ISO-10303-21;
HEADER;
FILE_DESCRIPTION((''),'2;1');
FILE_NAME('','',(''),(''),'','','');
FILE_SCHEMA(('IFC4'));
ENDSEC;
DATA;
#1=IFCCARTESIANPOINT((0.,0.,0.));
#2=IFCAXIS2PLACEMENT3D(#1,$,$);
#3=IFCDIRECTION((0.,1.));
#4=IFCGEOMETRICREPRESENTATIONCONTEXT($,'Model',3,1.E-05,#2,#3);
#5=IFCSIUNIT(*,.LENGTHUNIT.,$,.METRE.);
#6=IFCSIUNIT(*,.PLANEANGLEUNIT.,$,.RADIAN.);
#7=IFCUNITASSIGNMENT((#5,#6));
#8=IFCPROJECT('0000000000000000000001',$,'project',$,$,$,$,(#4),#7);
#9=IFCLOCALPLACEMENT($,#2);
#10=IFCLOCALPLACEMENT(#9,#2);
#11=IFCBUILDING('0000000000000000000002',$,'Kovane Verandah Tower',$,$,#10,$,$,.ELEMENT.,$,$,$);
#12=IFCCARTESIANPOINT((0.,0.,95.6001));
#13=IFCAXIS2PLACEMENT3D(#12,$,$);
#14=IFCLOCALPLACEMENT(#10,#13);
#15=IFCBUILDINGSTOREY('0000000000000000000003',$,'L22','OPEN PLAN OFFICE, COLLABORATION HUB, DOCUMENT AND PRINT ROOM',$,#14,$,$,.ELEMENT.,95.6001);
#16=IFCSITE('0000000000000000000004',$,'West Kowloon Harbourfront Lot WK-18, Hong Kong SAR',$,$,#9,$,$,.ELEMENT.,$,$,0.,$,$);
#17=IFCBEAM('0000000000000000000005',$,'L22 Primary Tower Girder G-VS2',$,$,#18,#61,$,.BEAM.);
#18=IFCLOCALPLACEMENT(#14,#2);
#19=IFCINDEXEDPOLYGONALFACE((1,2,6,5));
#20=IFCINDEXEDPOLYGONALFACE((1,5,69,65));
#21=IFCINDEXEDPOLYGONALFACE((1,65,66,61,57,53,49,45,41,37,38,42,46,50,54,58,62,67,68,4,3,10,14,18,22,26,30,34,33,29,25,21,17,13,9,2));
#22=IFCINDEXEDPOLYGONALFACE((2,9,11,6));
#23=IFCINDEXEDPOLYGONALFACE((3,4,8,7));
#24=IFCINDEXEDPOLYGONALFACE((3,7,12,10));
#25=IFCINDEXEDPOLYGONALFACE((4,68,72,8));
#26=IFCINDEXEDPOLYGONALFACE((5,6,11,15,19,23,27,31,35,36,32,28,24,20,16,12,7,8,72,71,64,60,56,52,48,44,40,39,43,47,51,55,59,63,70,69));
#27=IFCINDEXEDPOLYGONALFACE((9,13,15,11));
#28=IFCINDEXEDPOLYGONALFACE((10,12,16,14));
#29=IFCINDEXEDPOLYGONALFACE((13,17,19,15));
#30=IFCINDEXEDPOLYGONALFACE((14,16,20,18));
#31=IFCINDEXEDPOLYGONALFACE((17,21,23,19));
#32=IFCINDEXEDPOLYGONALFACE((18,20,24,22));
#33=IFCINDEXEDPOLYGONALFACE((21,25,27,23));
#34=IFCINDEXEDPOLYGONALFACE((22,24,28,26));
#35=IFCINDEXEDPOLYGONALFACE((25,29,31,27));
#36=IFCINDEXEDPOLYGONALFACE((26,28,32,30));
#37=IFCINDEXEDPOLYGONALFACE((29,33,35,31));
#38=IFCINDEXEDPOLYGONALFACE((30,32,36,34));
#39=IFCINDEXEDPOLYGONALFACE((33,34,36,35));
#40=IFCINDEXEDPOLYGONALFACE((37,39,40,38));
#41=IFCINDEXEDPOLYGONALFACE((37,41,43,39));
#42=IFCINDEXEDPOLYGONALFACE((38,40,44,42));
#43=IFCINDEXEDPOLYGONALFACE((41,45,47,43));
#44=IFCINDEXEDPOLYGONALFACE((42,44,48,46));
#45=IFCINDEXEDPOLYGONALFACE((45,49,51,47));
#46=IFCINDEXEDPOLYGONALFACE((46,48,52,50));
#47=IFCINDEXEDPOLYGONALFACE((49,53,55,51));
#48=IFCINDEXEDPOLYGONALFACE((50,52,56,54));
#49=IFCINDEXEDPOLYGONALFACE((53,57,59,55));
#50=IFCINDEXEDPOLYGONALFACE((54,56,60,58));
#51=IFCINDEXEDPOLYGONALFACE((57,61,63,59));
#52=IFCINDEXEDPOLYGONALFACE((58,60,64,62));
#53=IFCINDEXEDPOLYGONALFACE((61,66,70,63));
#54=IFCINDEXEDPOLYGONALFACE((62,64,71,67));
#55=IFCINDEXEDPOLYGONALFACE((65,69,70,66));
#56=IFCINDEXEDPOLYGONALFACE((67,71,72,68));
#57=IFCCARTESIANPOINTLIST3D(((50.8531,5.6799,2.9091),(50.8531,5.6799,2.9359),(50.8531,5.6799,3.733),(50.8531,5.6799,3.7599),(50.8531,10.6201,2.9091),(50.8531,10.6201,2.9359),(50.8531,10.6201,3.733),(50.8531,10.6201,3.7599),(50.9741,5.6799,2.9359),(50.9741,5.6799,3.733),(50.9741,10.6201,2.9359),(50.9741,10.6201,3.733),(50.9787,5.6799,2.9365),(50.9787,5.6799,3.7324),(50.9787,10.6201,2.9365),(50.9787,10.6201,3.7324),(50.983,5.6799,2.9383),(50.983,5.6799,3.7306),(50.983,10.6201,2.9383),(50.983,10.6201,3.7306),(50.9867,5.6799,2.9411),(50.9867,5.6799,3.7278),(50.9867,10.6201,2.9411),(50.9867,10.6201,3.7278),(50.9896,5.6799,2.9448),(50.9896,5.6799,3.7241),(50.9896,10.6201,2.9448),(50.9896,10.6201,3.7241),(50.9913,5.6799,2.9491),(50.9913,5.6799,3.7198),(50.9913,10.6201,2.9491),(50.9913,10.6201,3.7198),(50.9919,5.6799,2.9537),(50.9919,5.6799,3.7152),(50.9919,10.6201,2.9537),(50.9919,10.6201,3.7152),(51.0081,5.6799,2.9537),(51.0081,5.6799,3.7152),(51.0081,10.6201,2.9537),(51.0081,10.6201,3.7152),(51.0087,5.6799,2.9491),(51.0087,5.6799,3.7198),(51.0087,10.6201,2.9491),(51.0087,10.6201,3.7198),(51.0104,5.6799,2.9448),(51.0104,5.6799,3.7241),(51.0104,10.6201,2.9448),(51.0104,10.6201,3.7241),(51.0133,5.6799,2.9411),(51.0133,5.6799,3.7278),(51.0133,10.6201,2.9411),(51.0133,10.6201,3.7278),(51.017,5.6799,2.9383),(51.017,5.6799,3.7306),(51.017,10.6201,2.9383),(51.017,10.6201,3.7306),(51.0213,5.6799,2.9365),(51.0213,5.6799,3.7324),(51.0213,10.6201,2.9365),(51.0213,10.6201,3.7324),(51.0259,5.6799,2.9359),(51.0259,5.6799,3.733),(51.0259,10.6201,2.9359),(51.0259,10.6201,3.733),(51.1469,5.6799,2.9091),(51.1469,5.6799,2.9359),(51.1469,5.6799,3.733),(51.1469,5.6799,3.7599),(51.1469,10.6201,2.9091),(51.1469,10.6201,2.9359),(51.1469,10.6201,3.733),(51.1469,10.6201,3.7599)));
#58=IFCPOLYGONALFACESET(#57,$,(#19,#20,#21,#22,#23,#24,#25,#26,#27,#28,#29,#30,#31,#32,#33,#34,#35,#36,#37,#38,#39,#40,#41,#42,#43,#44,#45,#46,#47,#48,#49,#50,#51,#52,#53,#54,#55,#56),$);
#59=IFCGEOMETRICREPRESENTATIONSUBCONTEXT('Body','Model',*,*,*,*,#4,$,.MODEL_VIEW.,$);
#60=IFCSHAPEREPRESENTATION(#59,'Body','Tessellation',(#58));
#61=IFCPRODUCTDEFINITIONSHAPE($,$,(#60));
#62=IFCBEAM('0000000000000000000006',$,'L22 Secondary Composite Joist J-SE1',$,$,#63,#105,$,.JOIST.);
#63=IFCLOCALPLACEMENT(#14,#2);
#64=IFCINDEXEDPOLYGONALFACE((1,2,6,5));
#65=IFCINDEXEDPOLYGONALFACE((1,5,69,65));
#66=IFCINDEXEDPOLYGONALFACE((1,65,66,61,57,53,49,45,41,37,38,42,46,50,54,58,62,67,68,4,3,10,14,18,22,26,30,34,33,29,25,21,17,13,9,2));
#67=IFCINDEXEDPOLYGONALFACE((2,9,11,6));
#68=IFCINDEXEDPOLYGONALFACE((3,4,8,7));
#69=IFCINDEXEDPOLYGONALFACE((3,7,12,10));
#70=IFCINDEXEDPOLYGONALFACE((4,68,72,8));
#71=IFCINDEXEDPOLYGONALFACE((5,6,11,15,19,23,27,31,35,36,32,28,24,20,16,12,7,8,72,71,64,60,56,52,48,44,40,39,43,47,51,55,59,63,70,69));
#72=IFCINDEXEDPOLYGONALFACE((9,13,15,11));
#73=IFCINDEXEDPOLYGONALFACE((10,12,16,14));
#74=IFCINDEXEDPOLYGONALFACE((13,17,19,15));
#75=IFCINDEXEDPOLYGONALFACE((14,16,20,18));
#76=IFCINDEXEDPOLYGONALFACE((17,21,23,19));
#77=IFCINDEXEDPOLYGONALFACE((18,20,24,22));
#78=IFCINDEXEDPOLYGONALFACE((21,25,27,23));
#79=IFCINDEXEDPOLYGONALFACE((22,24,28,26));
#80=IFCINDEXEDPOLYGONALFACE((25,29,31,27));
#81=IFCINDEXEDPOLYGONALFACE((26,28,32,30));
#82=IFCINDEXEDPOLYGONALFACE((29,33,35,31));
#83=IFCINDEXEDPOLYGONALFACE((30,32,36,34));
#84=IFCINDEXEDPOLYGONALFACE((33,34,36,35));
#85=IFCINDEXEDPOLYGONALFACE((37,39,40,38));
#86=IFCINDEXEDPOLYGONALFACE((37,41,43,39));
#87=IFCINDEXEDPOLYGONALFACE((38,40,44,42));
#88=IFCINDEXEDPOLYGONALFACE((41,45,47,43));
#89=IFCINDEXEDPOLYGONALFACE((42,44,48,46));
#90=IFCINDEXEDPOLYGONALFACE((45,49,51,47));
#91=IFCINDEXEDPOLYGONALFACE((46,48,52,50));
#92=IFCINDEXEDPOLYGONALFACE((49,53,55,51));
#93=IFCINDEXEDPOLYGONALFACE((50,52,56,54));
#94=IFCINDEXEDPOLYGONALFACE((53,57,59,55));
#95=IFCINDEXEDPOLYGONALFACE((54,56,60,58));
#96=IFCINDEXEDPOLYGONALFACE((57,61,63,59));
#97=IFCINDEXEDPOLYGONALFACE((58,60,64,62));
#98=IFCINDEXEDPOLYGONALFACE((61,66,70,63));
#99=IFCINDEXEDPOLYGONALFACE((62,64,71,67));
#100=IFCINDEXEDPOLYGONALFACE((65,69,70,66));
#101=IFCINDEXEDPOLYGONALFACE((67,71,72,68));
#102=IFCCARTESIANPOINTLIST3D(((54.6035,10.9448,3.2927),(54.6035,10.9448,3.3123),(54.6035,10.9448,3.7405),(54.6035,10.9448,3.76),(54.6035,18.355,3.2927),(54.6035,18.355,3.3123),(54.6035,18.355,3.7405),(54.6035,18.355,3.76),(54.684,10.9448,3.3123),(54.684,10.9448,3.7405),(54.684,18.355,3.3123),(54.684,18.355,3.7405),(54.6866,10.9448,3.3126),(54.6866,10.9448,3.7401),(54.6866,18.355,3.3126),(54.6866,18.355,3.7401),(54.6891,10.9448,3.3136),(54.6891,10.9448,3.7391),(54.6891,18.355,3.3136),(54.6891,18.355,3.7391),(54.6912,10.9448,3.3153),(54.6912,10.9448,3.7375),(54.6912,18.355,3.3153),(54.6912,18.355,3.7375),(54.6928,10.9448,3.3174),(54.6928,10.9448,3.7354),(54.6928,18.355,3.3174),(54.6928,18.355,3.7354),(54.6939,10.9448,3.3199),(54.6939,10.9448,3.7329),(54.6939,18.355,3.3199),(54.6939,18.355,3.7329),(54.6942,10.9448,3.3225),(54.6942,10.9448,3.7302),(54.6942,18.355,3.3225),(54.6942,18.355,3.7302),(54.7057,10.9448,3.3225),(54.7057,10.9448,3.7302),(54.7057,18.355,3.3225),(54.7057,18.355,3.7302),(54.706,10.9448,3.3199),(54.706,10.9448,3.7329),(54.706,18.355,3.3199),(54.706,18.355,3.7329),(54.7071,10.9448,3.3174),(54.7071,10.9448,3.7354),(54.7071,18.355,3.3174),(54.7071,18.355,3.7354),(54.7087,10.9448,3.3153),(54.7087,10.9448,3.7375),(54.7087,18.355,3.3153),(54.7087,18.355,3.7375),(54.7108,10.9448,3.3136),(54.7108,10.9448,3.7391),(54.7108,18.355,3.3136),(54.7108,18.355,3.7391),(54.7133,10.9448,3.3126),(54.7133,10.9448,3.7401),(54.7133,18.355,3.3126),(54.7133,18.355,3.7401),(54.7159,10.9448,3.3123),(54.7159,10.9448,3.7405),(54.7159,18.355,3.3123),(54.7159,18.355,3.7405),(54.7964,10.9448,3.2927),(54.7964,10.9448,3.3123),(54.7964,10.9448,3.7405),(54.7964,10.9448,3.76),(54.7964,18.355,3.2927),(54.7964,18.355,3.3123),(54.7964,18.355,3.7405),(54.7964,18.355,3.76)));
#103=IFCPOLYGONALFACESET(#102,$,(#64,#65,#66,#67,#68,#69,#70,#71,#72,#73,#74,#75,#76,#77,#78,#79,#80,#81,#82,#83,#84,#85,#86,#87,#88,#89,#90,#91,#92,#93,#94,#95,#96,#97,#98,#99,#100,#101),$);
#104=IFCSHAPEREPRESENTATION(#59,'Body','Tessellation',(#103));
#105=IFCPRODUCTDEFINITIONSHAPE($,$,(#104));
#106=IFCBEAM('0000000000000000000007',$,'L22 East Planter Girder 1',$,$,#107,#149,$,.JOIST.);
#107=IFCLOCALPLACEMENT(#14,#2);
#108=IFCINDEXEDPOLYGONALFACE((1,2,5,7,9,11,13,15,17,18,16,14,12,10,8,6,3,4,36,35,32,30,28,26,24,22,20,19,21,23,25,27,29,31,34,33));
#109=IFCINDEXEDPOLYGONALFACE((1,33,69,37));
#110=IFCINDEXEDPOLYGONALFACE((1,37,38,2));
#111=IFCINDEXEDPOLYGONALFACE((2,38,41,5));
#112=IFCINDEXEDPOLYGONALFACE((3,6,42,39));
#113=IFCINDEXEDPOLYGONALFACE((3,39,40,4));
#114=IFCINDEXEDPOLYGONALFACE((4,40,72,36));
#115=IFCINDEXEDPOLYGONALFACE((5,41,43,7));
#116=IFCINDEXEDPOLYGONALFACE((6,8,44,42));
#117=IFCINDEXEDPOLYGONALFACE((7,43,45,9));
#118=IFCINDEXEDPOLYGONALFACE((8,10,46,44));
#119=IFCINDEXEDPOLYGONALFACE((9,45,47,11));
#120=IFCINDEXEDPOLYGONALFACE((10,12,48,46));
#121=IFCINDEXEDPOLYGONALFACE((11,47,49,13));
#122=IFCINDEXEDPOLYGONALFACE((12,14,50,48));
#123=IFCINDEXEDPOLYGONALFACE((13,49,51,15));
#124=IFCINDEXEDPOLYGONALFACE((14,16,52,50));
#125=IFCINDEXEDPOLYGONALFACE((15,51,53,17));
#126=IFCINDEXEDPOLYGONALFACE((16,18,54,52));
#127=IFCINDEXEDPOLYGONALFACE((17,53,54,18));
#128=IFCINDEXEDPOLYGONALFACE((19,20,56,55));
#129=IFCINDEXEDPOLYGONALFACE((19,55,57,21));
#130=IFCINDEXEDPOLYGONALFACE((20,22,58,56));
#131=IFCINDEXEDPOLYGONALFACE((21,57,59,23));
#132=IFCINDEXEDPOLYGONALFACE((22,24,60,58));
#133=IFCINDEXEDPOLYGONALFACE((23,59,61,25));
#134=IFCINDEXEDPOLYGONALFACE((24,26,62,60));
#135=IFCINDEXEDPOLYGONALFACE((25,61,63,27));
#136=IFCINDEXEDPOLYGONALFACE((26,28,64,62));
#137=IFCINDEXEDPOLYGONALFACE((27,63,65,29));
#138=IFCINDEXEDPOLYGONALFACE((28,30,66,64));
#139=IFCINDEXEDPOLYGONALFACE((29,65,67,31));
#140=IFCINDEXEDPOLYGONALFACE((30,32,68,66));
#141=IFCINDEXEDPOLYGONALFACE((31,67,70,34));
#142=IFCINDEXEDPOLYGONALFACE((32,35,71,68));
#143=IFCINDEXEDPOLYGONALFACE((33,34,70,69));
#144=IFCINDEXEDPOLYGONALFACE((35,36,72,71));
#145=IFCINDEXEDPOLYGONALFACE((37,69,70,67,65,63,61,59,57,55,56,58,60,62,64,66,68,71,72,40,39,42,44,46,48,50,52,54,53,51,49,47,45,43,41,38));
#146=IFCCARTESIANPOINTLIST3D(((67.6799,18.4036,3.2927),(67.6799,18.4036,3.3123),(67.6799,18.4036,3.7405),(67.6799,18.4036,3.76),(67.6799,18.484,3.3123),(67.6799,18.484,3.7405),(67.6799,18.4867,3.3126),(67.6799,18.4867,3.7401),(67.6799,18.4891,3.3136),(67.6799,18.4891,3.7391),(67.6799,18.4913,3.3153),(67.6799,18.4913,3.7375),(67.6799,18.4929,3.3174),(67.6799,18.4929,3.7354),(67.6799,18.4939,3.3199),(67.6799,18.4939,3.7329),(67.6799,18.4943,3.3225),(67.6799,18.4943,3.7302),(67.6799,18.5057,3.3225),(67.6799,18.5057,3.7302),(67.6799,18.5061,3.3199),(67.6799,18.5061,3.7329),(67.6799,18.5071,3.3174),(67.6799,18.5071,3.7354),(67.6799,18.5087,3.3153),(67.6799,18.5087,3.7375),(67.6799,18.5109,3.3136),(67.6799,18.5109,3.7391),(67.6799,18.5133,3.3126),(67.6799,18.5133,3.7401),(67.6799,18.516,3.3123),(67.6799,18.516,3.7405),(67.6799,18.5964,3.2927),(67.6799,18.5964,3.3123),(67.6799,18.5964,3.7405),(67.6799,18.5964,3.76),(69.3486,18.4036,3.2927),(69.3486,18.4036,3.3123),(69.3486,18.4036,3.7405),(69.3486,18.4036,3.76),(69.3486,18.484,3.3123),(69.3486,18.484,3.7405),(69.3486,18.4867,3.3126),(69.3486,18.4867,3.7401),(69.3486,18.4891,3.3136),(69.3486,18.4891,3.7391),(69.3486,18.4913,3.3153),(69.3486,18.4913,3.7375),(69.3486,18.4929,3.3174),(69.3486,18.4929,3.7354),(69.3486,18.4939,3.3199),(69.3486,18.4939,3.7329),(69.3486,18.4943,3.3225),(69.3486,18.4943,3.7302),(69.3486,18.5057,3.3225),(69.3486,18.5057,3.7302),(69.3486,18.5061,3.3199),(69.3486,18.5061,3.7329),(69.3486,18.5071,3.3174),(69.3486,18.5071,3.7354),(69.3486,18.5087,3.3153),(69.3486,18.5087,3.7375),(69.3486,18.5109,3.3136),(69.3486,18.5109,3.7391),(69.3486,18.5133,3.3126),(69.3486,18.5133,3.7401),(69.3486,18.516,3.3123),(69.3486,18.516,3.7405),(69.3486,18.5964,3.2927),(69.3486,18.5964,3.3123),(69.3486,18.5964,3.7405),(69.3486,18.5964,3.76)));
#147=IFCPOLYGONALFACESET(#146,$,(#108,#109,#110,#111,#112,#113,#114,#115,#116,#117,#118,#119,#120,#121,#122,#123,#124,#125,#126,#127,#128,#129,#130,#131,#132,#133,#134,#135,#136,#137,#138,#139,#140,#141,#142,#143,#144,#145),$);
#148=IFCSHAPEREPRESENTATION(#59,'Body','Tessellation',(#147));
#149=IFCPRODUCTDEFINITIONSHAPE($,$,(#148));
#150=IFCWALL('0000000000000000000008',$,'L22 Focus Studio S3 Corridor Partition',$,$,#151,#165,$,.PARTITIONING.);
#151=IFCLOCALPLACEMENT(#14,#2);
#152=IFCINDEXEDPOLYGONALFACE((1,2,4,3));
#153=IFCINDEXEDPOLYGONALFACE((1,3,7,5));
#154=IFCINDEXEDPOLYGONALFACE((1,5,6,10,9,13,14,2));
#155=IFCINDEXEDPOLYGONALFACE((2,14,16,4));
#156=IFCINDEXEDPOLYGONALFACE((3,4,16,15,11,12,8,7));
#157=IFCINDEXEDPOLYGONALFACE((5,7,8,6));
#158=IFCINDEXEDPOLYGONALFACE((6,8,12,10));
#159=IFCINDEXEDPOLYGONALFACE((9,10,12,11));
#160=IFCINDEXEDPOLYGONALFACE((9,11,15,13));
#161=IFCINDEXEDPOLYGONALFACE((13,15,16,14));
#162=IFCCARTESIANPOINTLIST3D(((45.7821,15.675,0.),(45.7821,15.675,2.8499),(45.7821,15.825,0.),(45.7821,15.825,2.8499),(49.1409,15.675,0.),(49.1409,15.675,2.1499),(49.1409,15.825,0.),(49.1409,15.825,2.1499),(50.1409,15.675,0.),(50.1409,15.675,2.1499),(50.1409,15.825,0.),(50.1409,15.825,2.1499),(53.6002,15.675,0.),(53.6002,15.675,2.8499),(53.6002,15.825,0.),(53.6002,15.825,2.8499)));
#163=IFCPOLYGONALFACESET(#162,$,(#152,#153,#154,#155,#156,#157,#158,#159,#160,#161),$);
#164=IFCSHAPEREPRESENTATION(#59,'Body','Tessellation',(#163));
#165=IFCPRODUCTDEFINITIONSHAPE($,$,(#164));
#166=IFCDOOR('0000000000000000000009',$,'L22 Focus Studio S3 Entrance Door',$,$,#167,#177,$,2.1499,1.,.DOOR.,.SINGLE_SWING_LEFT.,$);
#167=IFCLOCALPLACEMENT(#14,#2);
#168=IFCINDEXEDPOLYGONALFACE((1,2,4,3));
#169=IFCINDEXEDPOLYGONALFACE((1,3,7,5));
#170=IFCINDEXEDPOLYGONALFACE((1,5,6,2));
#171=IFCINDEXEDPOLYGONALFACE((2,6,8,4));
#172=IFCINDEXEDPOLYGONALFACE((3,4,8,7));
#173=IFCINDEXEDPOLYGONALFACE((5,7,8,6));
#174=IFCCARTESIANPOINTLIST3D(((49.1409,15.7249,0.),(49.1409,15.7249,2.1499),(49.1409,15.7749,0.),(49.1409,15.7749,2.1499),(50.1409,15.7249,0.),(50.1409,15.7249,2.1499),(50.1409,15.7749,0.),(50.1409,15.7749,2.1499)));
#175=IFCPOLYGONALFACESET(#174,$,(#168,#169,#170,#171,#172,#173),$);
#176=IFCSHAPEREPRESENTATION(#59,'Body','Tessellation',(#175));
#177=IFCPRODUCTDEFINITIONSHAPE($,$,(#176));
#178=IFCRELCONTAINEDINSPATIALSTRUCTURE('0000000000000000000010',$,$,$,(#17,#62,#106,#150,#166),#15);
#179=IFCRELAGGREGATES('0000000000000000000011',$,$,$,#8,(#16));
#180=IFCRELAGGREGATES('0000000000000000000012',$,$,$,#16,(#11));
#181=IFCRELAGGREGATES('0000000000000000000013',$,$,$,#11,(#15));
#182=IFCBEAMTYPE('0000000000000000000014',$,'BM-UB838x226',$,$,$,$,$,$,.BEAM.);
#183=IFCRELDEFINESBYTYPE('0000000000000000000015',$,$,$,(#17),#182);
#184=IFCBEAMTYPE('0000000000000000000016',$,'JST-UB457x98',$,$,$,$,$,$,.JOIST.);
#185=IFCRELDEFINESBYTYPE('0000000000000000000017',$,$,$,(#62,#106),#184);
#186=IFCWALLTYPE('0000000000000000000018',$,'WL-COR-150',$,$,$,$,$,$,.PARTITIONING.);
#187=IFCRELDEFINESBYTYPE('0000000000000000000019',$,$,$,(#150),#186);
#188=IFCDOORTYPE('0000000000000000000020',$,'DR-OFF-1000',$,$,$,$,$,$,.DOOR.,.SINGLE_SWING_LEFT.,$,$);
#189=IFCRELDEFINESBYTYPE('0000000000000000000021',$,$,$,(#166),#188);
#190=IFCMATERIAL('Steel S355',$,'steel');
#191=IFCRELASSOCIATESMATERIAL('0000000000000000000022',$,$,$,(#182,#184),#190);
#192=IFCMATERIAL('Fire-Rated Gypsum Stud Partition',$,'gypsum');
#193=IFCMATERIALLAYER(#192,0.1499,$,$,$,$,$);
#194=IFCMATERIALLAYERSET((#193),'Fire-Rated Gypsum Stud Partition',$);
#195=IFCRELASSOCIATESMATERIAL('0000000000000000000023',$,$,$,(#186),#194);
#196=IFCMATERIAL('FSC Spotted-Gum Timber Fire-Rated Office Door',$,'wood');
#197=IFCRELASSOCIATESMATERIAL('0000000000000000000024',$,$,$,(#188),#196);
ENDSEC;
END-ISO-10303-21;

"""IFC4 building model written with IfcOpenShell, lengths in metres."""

from ifc_helpers import new_model, si_unit, direction, frame, frame_2d, origin, origin_2d, place, context, subcontext, project, spatial, rectangle, i_section, extrude, material, layer, layer_set, material_profile, profile_set, type_object, element, fill, save


model = new_model("IFC4")

# Units and contexts
model_context = context("Model", 3, precision=1e-05, world=origin(), true_north=direction((0.0, 1.0)))
body_context = subcontext(model_context, "Body", "Model", "MODEL_VIEW")
ifc_project = project(units=[si_unit("LENGTHUNIT", "METRE"), si_unit("PLANEANGLEUNIT", "RADIAN")], contexts=[model_context])

# Site, building, storey
site_placement = place(None, origin())
site = spatial("IfcSite", under=ifc_project, at=site_placement, Name="West Kowloon Harbourfront Lot WK-18, Hong Kong SAR", CompositionType="ELEMENT", RefElevation=0.0)
building_placement = place(site_placement, origin())
building = spatial("IfcBuilding", under=site, at=building_placement, Name="Kovane Verandah Tower", CompositionType="ELEMENT")
storey_placement = place(building_placement, frame((0.0, 0.0, 95.6001)))
storey = spatial("IfcBuildingStorey", under=building, at=storey_placement, Name="L22", Description="OPEN PLAN OFFICE, COLLABORATION HUB, DOCUMENT AND PRINT ROOM", CompositionType="ELEMENT", Elevation=95.6001)

# Beams
ifc_material_1 = material(Name="Steel S355", Category="steel")
ifc_material_profile_1 = material_profile(ifc_material_1, i_section(OverallWidth=0.2937, OverallDepth=0.8508, WebThickness=0.0161, FlangeThickness=0.0269, FilletRadius=0.0178, at=origin_2d()), Name="UB838x292x226")
ifc_profile_set_1 = profile_set([ifc_material_profile_1], Name="Steel S355")
beam_type_1 = type_object("IfcBeamType", Name="BM-UB838x226", PredefinedType="BEAM", material=ifc_profile_set_1)
beam_1_placement = place(storey_placement, frame((51.0, 10.6201, 3.3345), z_axis=(0.0, -1.0, 0.0), x_axis=(1.0, 0.0, 0.0)))
element("IfcBeam", 1, at=beam_1_placement, inside=storey, type_object=beam_type_1, Name="L22 Primary Tower Girder G-VS2", PredefinedType="BEAM", context=body_context, shape_type="SweptSolid", body=[
    extrude(i_section(OverallWidth=0.2937, OverallDepth=0.8508, WebThickness=0.0161, FlangeThickness=0.0269, FilletRadius=0.0178, at=origin_2d()), origin(), (0.0, 0.0, 1.0), 4.9402),
])
ifc_material_profile_2 = material_profile(ifc_material_1, i_section(OverallWidth=0.1929, OverallDepth=0.4673, WebThickness=0.0115, FlangeThickness=0.0195, FilletRadius=0.0103, at=origin_2d()), Name="UB457x191x98")
ifc_profile_set_2 = profile_set([ifc_material_profile_2], Name="Steel S355")
beam_type_2 = type_object("IfcBeamType", Name="JST-UB457x98", PredefinedType="JOIST", material=ifc_profile_set_2)
beam_2_placement = place(storey_placement, frame((54.7, 10.9448, 3.5264), z_axis=(0.0, 1.0, 0.0), x_axis=(-1.0, 0.0, 0.0)))
element("IfcBeam", 2, at=beam_2_placement, inside=storey, type_object=beam_type_2, Name="L22 Secondary Composite Joist J-SE1", PredefinedType="JOIST", context=body_context, shape_type="SweptSolid", body=[
    extrude(i_section(OverallWidth=0.1929, OverallDepth=0.4673, WebThickness=0.0115, FlangeThickness=0.0195, FilletRadius=0.0103, at=origin_2d()), origin(), (0.0, 0.0, 1.0), 7.4102),
])
beam_3_placement = place(storey_placement, frame((67.6799, 18.5, 3.5264), z_axis=(1.0, 0.0, 0.0), x_axis=(0.0, 1.0, 0.0)))
element("IfcBeam", 3, at=beam_3_placement, inside=storey, type_object=beam_type_2, Name="L22 East Planter Girder 1", PredefinedType="JOIST", context=body_context, shape_type="SweptSolid", body=[
    extrude(i_section(OverallWidth=0.1929, OverallDepth=0.4673, WebThickness=0.0115, FlangeThickness=0.0195, FilletRadius=0.0103, at=origin_2d()), origin(), (0.0, 0.0, 1.0), 1.6687),
])

# Wall, opening, door
ifc_material_2 = material(Name="Fire-Rated Gypsum Stud Partition", Category="gypsum")
ifc_layer_1 = layer(ifc_material_2, 0.1499)
ifc_layer_set_1 = layer_set([ifc_layer_1], Name="Fire-Rated Gypsum Stud Partition")
wall_type_1 = type_object("IfcWallType", Name="WL-COR-150", PredefinedType="PARTITIONING", material=ifc_layer_set_1)
wall_1_placement = place(storey_placement, frame((45.782, 15.75, 0.0), z_axis=(0.0, 0.0, 1.0), x_axis=(1.0, 0.0, 0.0)))
wall_1 = element("IfcWall", 4, at=wall_1_placement, inside=storey, type_object=wall_type_1, Name="L22 Focus Studio S3 Corridor Partition", PredefinedType="PARTITIONING", context=body_context, shape_type="SweptSolid", body=[
    extrude(rectangle(XDim=7.8181, YDim=0.1499, at=frame_2d((3.9092, 0.0))), origin(), (0.0, 0.0, 1.0), 2.8499),
])
opening_1_placement = place(wall_1_placement, frame((3.3589, 0.0, 0.0)))
opening_1 = element("IfcOpeningElement", 5, at=opening_1_placement, cuts=wall_1, PredefinedType="OPENING", context=body_context, shape_type="SweptSolid", body=[
    extrude(rectangle(XDim=1.0, YDim=2.1499, at=frame_2d((0.5, 1.075))), frame((0.0, 0.075, 0.0), z_axis=(0.0, -1.0, 0.0), x_axis=(1.0, 0.0, 0.0)), (0.0, 0.0, 1.0), 0.1499),
])
ifc_material_3 = material(Name="FSC Spotted-Gum Timber Fire-Rated Office Door", Category="wood")
door_type_1 = type_object("IfcDoorType", Name="DR-OFF-1000", OperationType="SINGLE_SWING_LEFT", PredefinedType="DOOR", material=ifc_material_3)
door_1_placement = place(opening_1_placement, origin())
door_1 = element("IfcDoor", 6, at=door_1_placement, inside=storey, type_object=door_type_1, Name="L22 Focus Studio S3 Entrance Door", OperationType="SINGLE_SWING_LEFT", OverallHeight=2.1499, OverallWidth=1.0, PredefinedType="DOOR", context=body_context, shape_type="SweptSolid", body=[
    extrude(rectangle(XDim=1.0, YDim=2.1499, at=frame_2d((0.5, 1.075))), frame((0.0, 0.0249, 0.0), z_axis=(0.0, -1.0, 0.0), x_axis=(1.0, 0.0, 0.0)), (0.0, 0.0, 1.0), 0.05),
])
fill(opening_1, door_1)

save(model, "model.ifc")
